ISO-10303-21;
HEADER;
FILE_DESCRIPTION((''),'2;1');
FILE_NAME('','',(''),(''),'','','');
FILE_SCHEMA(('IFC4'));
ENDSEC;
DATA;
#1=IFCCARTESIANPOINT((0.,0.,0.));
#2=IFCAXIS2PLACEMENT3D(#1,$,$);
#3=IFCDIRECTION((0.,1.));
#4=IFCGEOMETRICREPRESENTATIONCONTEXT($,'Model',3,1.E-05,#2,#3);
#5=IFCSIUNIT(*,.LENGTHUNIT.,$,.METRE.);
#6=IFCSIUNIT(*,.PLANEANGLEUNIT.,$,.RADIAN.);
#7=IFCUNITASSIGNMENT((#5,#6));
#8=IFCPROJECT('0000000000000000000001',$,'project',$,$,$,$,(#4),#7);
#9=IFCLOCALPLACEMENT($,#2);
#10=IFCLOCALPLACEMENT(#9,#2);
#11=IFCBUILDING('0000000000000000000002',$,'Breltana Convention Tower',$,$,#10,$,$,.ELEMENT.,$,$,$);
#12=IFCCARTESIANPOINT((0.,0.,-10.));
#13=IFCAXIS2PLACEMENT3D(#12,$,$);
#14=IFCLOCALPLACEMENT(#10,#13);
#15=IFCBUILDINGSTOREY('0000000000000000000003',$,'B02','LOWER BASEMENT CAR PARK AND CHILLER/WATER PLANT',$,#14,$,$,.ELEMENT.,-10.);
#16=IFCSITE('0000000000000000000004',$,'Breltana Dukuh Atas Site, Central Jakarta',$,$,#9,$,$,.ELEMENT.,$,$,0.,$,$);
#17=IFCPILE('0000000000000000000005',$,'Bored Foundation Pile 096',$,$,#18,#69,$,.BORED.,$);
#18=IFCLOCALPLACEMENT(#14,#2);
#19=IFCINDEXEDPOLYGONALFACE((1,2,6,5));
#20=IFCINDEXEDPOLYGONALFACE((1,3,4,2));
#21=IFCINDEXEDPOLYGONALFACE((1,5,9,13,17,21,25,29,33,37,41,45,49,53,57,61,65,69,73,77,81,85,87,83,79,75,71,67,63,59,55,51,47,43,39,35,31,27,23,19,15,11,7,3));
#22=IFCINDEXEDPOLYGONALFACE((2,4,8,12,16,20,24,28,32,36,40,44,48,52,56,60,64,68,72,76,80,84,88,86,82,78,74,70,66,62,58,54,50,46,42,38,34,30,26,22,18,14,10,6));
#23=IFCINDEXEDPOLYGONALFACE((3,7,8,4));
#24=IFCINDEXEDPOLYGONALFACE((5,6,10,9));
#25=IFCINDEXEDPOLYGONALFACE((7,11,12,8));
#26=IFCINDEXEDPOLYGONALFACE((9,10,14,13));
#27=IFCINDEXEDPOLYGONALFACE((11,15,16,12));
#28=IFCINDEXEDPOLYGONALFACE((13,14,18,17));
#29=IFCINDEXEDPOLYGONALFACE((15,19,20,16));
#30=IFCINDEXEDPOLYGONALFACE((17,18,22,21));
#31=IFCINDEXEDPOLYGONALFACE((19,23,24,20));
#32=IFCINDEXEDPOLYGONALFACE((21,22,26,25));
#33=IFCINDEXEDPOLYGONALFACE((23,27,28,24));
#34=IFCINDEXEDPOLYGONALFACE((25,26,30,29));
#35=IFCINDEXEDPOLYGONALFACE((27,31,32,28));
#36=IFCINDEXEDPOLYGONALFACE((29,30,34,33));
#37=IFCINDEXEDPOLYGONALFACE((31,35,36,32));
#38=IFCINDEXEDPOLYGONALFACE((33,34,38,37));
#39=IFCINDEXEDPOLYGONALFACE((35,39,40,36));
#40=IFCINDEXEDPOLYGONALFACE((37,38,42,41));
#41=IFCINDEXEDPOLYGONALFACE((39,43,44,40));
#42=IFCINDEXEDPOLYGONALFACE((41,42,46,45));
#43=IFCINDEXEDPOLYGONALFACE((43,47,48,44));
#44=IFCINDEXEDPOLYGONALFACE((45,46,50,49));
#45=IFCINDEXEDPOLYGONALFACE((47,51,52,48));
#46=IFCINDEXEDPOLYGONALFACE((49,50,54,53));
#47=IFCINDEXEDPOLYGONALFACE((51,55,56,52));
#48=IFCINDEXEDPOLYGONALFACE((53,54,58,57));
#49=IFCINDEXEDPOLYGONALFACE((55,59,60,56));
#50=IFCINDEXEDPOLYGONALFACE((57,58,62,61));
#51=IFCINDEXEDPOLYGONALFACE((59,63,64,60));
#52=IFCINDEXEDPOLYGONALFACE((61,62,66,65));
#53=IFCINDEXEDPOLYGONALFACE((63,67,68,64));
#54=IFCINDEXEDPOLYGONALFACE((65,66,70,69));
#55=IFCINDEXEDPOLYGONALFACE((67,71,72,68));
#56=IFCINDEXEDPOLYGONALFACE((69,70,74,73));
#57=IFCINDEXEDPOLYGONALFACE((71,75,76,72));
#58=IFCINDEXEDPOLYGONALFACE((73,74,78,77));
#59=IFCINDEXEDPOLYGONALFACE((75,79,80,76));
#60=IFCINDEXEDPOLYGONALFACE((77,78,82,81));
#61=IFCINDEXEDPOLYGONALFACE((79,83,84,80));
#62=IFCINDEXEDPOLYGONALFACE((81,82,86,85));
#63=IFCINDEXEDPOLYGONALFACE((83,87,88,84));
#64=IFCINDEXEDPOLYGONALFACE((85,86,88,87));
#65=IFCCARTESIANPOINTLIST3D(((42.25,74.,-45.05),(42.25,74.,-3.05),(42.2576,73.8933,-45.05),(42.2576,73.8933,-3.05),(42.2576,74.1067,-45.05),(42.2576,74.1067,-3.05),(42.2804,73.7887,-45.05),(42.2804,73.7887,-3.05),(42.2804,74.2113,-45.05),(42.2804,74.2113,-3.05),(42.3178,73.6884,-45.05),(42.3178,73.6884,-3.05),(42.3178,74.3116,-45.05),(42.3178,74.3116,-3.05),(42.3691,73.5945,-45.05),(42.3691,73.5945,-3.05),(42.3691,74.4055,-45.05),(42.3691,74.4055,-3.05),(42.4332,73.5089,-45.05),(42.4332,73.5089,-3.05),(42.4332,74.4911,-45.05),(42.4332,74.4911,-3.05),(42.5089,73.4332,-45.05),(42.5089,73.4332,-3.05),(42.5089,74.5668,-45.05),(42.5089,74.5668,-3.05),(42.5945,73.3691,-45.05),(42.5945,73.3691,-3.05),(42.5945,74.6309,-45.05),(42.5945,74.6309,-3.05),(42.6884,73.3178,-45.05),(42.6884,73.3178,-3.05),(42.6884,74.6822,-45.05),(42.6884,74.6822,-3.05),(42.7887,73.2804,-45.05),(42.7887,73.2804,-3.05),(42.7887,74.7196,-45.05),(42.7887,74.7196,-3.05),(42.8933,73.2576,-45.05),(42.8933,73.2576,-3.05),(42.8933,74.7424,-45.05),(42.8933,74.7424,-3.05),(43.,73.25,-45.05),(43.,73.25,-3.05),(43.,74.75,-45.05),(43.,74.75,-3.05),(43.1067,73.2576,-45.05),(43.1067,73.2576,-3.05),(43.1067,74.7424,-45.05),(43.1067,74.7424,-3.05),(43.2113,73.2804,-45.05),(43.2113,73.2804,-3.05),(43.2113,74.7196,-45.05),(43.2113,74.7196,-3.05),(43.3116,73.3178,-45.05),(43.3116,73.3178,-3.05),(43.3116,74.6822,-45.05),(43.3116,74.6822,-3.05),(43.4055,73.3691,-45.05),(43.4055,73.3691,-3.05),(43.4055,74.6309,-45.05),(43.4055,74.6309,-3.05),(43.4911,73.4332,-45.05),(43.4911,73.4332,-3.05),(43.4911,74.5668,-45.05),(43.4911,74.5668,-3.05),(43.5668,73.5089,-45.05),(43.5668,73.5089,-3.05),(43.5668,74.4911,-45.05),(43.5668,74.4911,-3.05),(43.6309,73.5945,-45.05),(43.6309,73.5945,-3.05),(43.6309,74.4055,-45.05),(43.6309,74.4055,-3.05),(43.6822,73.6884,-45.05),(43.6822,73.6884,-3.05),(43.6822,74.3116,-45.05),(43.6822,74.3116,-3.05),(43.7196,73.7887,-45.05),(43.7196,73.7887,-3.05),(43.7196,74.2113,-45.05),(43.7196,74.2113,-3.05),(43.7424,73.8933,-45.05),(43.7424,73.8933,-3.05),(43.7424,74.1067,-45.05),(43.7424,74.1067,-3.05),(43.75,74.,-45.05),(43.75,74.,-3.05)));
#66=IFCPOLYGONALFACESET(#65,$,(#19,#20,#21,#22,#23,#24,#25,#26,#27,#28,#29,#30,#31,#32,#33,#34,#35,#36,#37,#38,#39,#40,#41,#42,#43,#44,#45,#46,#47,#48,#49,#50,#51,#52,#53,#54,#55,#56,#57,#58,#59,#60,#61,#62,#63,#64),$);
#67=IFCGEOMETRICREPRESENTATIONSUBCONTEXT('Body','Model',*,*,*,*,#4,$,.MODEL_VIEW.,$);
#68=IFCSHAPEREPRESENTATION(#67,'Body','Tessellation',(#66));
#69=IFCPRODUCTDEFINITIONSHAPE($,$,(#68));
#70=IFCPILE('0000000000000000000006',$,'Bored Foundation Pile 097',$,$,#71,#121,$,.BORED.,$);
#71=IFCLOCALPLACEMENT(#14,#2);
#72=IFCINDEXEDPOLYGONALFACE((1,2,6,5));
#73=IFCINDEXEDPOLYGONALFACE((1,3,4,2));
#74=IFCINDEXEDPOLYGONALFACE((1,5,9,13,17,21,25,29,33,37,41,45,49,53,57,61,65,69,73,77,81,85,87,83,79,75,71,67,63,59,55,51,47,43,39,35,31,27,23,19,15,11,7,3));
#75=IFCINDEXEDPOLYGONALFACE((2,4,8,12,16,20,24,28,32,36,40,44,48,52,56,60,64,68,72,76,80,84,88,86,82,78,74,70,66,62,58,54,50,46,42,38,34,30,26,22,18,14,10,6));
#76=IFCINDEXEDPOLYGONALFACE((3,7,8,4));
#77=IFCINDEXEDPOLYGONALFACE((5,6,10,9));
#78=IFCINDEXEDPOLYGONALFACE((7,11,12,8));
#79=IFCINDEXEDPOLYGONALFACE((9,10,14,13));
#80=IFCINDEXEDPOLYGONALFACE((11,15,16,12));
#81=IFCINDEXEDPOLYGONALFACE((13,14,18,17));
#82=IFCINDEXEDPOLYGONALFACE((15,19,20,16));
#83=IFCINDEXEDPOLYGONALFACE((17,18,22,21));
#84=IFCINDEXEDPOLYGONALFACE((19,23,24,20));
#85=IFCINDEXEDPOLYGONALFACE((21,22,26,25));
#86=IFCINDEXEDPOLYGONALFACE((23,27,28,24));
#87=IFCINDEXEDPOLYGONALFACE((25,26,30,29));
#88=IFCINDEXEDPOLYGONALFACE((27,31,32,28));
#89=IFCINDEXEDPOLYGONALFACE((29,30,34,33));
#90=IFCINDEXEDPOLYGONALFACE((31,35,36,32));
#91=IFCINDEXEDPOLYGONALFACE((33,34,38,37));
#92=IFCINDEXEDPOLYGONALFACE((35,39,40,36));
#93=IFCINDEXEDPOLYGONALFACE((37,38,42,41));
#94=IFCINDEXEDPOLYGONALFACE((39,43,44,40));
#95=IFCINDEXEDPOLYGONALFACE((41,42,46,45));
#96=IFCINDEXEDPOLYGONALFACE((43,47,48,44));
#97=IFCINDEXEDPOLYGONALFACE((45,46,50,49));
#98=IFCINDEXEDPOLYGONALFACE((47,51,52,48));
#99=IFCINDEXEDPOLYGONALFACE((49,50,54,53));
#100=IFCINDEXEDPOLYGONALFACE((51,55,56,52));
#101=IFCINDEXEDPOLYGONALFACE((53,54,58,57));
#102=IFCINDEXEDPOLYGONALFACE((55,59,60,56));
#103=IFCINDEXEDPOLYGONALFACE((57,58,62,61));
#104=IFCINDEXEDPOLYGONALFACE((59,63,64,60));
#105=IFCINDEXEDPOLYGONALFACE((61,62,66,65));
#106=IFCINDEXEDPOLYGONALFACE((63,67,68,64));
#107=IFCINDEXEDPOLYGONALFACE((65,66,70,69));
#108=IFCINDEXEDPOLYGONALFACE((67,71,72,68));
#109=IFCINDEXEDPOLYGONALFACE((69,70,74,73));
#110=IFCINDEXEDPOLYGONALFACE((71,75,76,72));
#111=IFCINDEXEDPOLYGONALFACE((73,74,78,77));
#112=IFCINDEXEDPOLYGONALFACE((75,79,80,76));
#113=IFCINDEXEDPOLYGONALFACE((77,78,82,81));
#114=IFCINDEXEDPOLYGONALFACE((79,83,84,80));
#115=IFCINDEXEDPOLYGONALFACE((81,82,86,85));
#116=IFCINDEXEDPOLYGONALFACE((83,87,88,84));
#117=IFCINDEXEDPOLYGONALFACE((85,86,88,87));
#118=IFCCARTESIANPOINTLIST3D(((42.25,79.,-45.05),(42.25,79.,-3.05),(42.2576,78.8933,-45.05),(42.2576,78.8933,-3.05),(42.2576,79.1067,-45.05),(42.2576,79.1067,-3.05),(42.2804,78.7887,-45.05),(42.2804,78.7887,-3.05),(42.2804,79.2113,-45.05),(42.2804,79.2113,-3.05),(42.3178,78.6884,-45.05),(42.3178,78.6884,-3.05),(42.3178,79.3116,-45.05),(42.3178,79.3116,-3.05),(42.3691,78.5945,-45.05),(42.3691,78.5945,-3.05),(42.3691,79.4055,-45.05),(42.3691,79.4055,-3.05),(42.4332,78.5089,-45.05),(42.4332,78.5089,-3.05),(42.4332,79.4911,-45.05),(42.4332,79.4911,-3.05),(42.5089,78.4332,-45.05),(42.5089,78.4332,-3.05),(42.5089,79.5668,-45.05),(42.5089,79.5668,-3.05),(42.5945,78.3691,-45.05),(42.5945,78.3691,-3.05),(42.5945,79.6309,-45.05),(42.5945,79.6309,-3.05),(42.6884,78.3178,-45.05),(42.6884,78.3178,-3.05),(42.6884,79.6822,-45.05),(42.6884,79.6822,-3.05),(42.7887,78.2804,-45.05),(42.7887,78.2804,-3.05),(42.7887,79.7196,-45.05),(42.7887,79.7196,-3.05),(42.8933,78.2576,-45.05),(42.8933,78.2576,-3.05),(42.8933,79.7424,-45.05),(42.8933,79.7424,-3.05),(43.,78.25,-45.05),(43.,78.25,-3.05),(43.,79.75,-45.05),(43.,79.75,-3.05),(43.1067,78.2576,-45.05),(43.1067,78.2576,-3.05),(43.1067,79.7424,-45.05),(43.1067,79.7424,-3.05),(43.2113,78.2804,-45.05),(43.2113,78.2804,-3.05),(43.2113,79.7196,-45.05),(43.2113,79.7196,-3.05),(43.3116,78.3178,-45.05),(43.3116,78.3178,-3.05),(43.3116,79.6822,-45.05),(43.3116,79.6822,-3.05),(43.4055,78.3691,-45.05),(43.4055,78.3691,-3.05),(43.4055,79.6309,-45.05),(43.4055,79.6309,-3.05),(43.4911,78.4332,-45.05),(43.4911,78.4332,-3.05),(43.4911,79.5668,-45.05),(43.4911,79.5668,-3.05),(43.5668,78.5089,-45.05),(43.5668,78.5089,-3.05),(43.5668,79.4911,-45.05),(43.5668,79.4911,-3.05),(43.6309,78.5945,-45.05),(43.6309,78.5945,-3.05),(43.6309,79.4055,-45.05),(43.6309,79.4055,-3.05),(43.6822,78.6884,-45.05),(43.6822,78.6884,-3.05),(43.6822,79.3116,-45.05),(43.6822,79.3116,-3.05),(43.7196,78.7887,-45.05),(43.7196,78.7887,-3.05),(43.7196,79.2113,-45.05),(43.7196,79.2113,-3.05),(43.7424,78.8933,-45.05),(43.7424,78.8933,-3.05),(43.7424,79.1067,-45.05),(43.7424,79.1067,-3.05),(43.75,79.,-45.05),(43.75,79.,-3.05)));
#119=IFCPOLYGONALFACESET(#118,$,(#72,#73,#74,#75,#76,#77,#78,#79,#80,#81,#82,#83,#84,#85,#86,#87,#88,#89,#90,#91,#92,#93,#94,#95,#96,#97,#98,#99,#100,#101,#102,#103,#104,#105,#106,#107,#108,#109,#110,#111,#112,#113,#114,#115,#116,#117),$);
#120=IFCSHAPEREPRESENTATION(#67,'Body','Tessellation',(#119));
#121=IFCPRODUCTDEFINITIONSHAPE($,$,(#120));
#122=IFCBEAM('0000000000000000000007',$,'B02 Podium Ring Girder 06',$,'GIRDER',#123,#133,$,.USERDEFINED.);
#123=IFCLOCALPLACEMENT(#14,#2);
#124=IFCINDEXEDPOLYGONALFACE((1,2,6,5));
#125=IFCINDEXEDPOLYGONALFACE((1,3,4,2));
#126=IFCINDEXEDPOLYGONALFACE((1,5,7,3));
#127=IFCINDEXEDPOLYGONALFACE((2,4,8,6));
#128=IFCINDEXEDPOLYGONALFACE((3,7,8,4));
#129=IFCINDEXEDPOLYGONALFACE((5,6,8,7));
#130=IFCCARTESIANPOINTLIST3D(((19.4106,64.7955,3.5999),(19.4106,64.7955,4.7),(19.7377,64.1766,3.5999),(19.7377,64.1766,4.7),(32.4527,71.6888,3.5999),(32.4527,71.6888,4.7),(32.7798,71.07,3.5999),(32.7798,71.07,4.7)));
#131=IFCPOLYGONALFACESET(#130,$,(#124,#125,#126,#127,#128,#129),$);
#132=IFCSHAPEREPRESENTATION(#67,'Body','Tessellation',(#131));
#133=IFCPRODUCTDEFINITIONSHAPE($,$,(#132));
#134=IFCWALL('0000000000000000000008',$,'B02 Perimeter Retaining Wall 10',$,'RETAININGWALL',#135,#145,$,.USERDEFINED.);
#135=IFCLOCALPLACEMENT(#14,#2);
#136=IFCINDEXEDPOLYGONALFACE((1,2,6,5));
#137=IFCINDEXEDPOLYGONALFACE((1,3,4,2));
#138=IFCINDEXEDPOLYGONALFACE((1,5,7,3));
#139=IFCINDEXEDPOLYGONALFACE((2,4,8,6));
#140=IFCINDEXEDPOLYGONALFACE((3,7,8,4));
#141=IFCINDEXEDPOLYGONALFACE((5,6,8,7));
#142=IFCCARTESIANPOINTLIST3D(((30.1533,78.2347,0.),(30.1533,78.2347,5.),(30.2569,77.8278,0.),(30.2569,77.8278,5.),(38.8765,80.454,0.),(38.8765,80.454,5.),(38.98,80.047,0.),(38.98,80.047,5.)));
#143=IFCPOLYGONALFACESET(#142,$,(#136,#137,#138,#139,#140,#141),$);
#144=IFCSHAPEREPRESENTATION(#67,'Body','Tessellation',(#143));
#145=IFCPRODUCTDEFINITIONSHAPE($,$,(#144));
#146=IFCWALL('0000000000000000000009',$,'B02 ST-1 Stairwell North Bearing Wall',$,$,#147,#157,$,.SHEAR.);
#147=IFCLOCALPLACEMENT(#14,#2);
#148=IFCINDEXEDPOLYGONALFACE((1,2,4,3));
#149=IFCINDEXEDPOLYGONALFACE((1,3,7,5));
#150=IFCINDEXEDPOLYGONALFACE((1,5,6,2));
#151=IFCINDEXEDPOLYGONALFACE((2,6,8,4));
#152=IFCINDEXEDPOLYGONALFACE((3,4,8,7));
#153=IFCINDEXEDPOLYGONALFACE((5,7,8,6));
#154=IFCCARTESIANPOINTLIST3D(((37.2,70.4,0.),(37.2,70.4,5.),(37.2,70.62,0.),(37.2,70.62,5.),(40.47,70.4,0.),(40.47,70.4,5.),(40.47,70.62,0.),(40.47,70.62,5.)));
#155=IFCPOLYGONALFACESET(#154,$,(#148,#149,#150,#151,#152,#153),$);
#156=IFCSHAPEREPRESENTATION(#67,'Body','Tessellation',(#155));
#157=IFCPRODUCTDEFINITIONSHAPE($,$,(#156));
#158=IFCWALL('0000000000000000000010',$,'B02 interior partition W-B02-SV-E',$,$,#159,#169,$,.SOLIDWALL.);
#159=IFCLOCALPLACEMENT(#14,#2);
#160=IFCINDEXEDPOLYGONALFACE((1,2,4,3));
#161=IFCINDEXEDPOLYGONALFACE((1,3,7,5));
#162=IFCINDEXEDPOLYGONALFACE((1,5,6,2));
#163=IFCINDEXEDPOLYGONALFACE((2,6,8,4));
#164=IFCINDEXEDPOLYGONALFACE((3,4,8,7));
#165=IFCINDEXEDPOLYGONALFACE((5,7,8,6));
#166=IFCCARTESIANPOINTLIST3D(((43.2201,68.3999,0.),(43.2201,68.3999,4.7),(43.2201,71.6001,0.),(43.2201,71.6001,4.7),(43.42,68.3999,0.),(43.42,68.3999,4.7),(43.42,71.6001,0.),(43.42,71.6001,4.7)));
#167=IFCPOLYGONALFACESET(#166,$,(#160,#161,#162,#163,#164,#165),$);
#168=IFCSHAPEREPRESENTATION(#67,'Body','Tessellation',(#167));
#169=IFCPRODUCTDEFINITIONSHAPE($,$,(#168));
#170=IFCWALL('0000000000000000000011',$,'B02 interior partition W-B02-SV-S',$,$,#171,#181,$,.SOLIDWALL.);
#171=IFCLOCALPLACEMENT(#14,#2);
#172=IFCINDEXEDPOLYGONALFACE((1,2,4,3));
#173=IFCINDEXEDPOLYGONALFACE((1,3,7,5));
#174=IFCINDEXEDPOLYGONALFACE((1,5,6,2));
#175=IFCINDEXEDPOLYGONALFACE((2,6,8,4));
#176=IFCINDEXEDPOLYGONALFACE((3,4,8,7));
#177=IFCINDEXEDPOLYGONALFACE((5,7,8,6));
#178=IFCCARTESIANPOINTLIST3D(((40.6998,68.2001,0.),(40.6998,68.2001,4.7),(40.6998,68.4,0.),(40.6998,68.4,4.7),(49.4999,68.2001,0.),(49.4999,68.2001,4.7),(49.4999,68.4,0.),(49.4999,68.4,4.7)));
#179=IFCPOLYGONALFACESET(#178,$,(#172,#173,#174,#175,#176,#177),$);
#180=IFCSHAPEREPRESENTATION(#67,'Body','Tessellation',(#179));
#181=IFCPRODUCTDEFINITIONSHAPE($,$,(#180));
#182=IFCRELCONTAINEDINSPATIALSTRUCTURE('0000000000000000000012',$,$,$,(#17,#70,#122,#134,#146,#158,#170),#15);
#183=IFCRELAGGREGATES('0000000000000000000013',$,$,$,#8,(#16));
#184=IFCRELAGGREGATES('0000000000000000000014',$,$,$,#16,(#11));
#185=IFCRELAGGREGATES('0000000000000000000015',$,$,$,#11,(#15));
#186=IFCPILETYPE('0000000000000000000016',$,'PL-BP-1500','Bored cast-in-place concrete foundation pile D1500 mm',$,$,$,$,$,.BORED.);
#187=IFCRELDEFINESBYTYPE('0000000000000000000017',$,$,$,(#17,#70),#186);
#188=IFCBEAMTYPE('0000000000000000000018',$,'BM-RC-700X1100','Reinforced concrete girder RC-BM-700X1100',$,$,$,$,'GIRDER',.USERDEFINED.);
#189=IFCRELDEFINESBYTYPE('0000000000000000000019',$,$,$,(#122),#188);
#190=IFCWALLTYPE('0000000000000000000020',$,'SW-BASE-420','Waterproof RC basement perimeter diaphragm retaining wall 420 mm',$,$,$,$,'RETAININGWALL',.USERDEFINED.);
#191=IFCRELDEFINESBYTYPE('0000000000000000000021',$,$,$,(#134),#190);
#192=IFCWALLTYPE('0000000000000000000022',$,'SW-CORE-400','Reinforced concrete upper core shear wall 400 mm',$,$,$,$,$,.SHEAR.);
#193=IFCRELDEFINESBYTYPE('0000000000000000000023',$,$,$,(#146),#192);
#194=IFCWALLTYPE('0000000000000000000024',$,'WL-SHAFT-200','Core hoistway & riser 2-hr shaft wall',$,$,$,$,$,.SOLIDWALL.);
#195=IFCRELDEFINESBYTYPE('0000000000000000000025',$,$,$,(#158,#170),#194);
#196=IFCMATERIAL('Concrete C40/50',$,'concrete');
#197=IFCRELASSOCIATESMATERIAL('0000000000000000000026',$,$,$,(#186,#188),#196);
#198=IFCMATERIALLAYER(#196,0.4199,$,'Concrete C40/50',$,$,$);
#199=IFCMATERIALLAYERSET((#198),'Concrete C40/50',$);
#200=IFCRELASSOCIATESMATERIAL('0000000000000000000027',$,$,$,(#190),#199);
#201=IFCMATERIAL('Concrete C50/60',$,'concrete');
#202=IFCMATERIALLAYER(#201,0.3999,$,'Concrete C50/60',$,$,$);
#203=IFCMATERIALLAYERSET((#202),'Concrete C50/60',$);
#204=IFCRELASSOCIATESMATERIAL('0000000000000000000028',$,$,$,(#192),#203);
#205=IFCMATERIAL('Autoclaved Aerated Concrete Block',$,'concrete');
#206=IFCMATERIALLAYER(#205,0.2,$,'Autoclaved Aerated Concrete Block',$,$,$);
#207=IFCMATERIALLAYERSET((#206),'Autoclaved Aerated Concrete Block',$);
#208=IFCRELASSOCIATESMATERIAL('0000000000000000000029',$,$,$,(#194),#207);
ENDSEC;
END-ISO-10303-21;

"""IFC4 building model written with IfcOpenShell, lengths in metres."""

from ifc_helpers import new_model, si_unit, direction, frame, frame_2d, origin, origin_2d, place, context, subcontext, project, spatial, rectangle, circle, extrude, source, transform, mapped, material, layer, layer_set, material_profile, profile_set, type_object, type_shapes, element, save


model = new_model("IFC4")

# Units and contexts
model_context = context("Model", 3, precision=1e-05, world=origin(), true_north=direction((0.0, 1.0)))
body_context = subcontext(model_context, "Body", "Model", "MODEL_VIEW")
ifc_project = project(units=[si_unit("LENGTHUNIT", "METRE"), si_unit("PLANEANGLEUNIT", "RADIAN")], contexts=[model_context])

# Site, building, storey
site_placement = place(None, origin())
site = spatial("IfcSite", under=ifc_project, at=site_placement, Name="Breltana Dukuh Atas Site, Central Jakarta", CompositionType="ELEMENT", RefElevation=0.0)
building_placement = place(site_placement, origin())
building = spatial("IfcBuilding", under=site, at=building_placement, Name="Breltana Convention Tower", CompositionType="ELEMENT")
storey_placement = place(building_placement, frame((0.0, 0.0, -10.0)))
storey = spatial("IfcBuildingStorey", under=building, at=storey_placement, Name="B02", Description="LOWER BASEMENT CAR PARK AND CHILLER/WATER PLANT", CompositionType="ELEMENT", Elevation=-10.0)

# Piles
ifc_material_1 = material(Name="Concrete C40/50", Category="concrete")
ifc_material_profile_1 = material_profile(ifc_material_1, circle(Radius=0.75, at=origin_2d()), Name="BP-D1500")
ifc_profile_set_1 = profile_set([ifc_material_profile_1], Name="Concrete C40/50")
pile_type_1 = type_object("IfcPileType", Name="PL-BP-1500", Description="Bored cast-in-place concrete foundation pile D1500 mm", PredefinedType="BORED", material=ifc_profile_set_1)
shared_shape_1 = source(origin(), body_context, "Body", "SweptSolid", [
    extrude(circle(Radius=0.75, at=origin_2d()), origin(), (0.0, 0.0, 1.0), 42.0),
])
type_shapes(pile_type_1, [shared_shape_1])
for number, where, z_axis, x_axis, name in (
    (1, (43.0, 74.0, -3.05), (0.0, 0.0, -1.0), (1.0, 0.0, 0.0), "Bored Foundation Pile 096"),
    (2, (43.0, 79.0, -3.05), (0.0, 0.0, -1.0), (1.0, 0.0, 0.0), "Bored Foundation Pile 097"),
):
    element("IfcPile", number, at=place(storey_placement, frame(where, z_axis=z_axis, x_axis=x_axis)), inside=storey, type_object=pile_type_1, Name=name, PredefinedType="BORED", context=body_context, shape_type="MappedRepresentation", body=[
        mapped(shared_shape_1, transform((0.0, 0.0, 0.0), scale=1.0)),
    ])

# Beam
ifc_material_profile_2 = material_profile(ifc_material_1, rectangle(XDim=0.7, YDim=1.1001, at=origin_2d()), Name="RC-BM-700X1100")
ifc_profile_set_2 = profile_set([ifc_material_profile_2], Name="Concrete C40/50")
beam_type = type_object("IfcBeamType", Name="BM-RC-700X1100", Description="Reinforced concrete girder RC-BM-700X1100", ElementType="GIRDER", PredefinedType="USERDEFINED", material=ifc_profile_set_2)
shared_shape_2 = source(origin(), body_context, "Body", "SweptSolid", [
    extrude(rectangle(XDim=0.7, YDim=1.1001, at=origin_2d()), origin(), (0.0, 0.0, 1.0), 14.7517),
])
beam_placement = place(storey_placement, frame((32.6162, 71.3794, 4.1499), z_axis=(-0.884104, -0.467291, 0.0), x_axis=(0.467291, -0.884104, 0.0)))
element("IfcBeam", 3, at=beam_placement, inside=storey, type_object=beam_type, Name="B02 Podium Ring Girder 06", ObjectType="GIRDER", PredefinedType="USERDEFINED", context=body_context, shape_type="MappedRepresentation", body=[
    mapped(shared_shape_2, transform((0.0, 0.0, 0.0), scale=1.0)),
])

# Wall
ifc_layer_1 = layer(ifc_material_1, 0.4199, Name="Concrete C40/50")
ifc_layer_set_1 = layer_set([ifc_layer_1], Name="Concrete C40/50")
wall_type_1 = type_object("IfcWallType", Name="SW-BASE-420", Description="Waterproof RC basement perimeter diaphragm retaining wall 420 mm", ElementType="RETAININGWALL", PredefinedType="USERDEFINED", material=ifc_layer_set_1)
shared_shape_3 = source(origin(), body_context, "Body", "SweptSolid", [
    extrude(rectangle(XDim=9.001, YDim=0.4199, at=frame_2d((4.5005, 0.0))), origin(), (0.0, 0.0, 1.0), 5.0),
])
wall_1_placement = place(storey_placement, frame((38.9282, 80.2505, 0.0), z_axis=(0.0, 0.0, 1.0), x_axis=(-0.969129, -0.246554, 0.0)))
element("IfcWall", 4, at=wall_1_placement, inside=storey, type_object=wall_type_1, Name="B02 Perimeter Retaining Wall 10", ObjectType="RETAININGWALL", PredefinedType="USERDEFINED", context=body_context, shape_type="MappedRepresentation", body=[
    mapped(shared_shape_3, transform((0.0, 0.0, 0.0), scale=1.0)),
])

# Walls
ifc_material_2 = material(Name="Concrete C50/60", Category="concrete")
ifc_layer_2 = layer(ifc_material_2, 0.3999, Name="Concrete C50/60")
ifc_layer_set_2 = layer_set([ifc_layer_2], Name="Concrete C50/60")
wall_type_2 = type_object("IfcWallType", Name="SW-CORE-400", Description="Reinforced concrete upper core shear wall 400 mm", PredefinedType="SHEAR", material=ifc_layer_set_2)
shared_shape_4 = source(origin(), body_context, "Body", "SweptSolid", [
    extrude(rectangle(XDim=3.27, YDim=0.22, at=frame_2d((1.635, 0.0))), origin(), (0.0, 0.0, 1.0), 5.0),
])
type_shapes(wall_type_2, [shared_shape_4])
wall_2_placement = place(storey_placement, frame((37.2, 70.51, 0.0), z_axis=(0.0, 0.0, 1.0), x_axis=(1.0, 0.0, 0.0)))
element("IfcWall", 5, at=wall_2_placement, inside=storey, type_object=wall_type_2, Name="B02 ST-1 Stairwell North Bearing Wall", PredefinedType="SHEAR", context=body_context, shape_type="MappedRepresentation", body=[
    mapped(shared_shape_4, transform((0.0, 0.0, 0.0), scale=1.0)),
])
ifc_material_3 = material(Name="Autoclaved Aerated Concrete Block", Category="concrete")
ifc_layer_3 = layer(ifc_material_3, 0.2, Name="Autoclaved Aerated Concrete Block")
ifc_layer_set_3 = layer_set([ifc_layer_3], Name="Autoclaved Aerated Concrete Block")
wall_type_3 = type_object("IfcWallType", Name="WL-SHAFT-200", Description="Core hoistway & riser 2-hr shaft wall", PredefinedType="SOLIDWALL", material=ifc_layer_set_3)
shared_shape_5 = source(origin(), body_context, "Body", "SweptSolid", [
    extrude(rectangle(XDim=3.2002, YDim=0.2, at=frame_2d((1.6001, 0.0))), origin(), (0.0, 0.0, 1.0), 4.7),
])
wall_3_placement = place(storey_placement, frame((43.3201, 68.3999, 0.0), z_axis=(0.0, 0.0, 1.0), x_axis=(0.0, 1.0, 0.0)))
element("IfcWall", 6, at=wall_3_placement, inside=storey, type_object=wall_type_3, Name="B02 interior partition W-B02-SV-E", PredefinedType="SOLIDWALL", context=body_context, shape_type="MappedRepresentation", body=[
    mapped(shared_shape_5, transform((0.0, 0.0, 0.0), scale=1.0)),
])
shared_shape_6 = source(origin(), body_context, "Body", "SweptSolid", [
    extrude(rectangle(XDim=8.8, YDim=0.2, at=frame_2d((4.3999, 0.0))), origin(), (0.0, 0.0, 1.0), 4.7),
])
wall_4_placement = place(storey_placement, frame((40.7, 68.3, 0.0), z_axis=(0.0, 0.0, 1.0), x_axis=(1.0, 0.0, 0.0)))
element("IfcWall", 7, at=wall_4_placement, inside=storey, type_object=wall_type_3, Name="B02 interior partition W-B02-SV-S", PredefinedType="SOLIDWALL", context=body_context, shape_type="MappedRepresentation", body=[
    mapped(shared_shape_6, transform((0.0, 0.0, 0.0), scale=1.0)),
])

save(model, "model.ifc")
